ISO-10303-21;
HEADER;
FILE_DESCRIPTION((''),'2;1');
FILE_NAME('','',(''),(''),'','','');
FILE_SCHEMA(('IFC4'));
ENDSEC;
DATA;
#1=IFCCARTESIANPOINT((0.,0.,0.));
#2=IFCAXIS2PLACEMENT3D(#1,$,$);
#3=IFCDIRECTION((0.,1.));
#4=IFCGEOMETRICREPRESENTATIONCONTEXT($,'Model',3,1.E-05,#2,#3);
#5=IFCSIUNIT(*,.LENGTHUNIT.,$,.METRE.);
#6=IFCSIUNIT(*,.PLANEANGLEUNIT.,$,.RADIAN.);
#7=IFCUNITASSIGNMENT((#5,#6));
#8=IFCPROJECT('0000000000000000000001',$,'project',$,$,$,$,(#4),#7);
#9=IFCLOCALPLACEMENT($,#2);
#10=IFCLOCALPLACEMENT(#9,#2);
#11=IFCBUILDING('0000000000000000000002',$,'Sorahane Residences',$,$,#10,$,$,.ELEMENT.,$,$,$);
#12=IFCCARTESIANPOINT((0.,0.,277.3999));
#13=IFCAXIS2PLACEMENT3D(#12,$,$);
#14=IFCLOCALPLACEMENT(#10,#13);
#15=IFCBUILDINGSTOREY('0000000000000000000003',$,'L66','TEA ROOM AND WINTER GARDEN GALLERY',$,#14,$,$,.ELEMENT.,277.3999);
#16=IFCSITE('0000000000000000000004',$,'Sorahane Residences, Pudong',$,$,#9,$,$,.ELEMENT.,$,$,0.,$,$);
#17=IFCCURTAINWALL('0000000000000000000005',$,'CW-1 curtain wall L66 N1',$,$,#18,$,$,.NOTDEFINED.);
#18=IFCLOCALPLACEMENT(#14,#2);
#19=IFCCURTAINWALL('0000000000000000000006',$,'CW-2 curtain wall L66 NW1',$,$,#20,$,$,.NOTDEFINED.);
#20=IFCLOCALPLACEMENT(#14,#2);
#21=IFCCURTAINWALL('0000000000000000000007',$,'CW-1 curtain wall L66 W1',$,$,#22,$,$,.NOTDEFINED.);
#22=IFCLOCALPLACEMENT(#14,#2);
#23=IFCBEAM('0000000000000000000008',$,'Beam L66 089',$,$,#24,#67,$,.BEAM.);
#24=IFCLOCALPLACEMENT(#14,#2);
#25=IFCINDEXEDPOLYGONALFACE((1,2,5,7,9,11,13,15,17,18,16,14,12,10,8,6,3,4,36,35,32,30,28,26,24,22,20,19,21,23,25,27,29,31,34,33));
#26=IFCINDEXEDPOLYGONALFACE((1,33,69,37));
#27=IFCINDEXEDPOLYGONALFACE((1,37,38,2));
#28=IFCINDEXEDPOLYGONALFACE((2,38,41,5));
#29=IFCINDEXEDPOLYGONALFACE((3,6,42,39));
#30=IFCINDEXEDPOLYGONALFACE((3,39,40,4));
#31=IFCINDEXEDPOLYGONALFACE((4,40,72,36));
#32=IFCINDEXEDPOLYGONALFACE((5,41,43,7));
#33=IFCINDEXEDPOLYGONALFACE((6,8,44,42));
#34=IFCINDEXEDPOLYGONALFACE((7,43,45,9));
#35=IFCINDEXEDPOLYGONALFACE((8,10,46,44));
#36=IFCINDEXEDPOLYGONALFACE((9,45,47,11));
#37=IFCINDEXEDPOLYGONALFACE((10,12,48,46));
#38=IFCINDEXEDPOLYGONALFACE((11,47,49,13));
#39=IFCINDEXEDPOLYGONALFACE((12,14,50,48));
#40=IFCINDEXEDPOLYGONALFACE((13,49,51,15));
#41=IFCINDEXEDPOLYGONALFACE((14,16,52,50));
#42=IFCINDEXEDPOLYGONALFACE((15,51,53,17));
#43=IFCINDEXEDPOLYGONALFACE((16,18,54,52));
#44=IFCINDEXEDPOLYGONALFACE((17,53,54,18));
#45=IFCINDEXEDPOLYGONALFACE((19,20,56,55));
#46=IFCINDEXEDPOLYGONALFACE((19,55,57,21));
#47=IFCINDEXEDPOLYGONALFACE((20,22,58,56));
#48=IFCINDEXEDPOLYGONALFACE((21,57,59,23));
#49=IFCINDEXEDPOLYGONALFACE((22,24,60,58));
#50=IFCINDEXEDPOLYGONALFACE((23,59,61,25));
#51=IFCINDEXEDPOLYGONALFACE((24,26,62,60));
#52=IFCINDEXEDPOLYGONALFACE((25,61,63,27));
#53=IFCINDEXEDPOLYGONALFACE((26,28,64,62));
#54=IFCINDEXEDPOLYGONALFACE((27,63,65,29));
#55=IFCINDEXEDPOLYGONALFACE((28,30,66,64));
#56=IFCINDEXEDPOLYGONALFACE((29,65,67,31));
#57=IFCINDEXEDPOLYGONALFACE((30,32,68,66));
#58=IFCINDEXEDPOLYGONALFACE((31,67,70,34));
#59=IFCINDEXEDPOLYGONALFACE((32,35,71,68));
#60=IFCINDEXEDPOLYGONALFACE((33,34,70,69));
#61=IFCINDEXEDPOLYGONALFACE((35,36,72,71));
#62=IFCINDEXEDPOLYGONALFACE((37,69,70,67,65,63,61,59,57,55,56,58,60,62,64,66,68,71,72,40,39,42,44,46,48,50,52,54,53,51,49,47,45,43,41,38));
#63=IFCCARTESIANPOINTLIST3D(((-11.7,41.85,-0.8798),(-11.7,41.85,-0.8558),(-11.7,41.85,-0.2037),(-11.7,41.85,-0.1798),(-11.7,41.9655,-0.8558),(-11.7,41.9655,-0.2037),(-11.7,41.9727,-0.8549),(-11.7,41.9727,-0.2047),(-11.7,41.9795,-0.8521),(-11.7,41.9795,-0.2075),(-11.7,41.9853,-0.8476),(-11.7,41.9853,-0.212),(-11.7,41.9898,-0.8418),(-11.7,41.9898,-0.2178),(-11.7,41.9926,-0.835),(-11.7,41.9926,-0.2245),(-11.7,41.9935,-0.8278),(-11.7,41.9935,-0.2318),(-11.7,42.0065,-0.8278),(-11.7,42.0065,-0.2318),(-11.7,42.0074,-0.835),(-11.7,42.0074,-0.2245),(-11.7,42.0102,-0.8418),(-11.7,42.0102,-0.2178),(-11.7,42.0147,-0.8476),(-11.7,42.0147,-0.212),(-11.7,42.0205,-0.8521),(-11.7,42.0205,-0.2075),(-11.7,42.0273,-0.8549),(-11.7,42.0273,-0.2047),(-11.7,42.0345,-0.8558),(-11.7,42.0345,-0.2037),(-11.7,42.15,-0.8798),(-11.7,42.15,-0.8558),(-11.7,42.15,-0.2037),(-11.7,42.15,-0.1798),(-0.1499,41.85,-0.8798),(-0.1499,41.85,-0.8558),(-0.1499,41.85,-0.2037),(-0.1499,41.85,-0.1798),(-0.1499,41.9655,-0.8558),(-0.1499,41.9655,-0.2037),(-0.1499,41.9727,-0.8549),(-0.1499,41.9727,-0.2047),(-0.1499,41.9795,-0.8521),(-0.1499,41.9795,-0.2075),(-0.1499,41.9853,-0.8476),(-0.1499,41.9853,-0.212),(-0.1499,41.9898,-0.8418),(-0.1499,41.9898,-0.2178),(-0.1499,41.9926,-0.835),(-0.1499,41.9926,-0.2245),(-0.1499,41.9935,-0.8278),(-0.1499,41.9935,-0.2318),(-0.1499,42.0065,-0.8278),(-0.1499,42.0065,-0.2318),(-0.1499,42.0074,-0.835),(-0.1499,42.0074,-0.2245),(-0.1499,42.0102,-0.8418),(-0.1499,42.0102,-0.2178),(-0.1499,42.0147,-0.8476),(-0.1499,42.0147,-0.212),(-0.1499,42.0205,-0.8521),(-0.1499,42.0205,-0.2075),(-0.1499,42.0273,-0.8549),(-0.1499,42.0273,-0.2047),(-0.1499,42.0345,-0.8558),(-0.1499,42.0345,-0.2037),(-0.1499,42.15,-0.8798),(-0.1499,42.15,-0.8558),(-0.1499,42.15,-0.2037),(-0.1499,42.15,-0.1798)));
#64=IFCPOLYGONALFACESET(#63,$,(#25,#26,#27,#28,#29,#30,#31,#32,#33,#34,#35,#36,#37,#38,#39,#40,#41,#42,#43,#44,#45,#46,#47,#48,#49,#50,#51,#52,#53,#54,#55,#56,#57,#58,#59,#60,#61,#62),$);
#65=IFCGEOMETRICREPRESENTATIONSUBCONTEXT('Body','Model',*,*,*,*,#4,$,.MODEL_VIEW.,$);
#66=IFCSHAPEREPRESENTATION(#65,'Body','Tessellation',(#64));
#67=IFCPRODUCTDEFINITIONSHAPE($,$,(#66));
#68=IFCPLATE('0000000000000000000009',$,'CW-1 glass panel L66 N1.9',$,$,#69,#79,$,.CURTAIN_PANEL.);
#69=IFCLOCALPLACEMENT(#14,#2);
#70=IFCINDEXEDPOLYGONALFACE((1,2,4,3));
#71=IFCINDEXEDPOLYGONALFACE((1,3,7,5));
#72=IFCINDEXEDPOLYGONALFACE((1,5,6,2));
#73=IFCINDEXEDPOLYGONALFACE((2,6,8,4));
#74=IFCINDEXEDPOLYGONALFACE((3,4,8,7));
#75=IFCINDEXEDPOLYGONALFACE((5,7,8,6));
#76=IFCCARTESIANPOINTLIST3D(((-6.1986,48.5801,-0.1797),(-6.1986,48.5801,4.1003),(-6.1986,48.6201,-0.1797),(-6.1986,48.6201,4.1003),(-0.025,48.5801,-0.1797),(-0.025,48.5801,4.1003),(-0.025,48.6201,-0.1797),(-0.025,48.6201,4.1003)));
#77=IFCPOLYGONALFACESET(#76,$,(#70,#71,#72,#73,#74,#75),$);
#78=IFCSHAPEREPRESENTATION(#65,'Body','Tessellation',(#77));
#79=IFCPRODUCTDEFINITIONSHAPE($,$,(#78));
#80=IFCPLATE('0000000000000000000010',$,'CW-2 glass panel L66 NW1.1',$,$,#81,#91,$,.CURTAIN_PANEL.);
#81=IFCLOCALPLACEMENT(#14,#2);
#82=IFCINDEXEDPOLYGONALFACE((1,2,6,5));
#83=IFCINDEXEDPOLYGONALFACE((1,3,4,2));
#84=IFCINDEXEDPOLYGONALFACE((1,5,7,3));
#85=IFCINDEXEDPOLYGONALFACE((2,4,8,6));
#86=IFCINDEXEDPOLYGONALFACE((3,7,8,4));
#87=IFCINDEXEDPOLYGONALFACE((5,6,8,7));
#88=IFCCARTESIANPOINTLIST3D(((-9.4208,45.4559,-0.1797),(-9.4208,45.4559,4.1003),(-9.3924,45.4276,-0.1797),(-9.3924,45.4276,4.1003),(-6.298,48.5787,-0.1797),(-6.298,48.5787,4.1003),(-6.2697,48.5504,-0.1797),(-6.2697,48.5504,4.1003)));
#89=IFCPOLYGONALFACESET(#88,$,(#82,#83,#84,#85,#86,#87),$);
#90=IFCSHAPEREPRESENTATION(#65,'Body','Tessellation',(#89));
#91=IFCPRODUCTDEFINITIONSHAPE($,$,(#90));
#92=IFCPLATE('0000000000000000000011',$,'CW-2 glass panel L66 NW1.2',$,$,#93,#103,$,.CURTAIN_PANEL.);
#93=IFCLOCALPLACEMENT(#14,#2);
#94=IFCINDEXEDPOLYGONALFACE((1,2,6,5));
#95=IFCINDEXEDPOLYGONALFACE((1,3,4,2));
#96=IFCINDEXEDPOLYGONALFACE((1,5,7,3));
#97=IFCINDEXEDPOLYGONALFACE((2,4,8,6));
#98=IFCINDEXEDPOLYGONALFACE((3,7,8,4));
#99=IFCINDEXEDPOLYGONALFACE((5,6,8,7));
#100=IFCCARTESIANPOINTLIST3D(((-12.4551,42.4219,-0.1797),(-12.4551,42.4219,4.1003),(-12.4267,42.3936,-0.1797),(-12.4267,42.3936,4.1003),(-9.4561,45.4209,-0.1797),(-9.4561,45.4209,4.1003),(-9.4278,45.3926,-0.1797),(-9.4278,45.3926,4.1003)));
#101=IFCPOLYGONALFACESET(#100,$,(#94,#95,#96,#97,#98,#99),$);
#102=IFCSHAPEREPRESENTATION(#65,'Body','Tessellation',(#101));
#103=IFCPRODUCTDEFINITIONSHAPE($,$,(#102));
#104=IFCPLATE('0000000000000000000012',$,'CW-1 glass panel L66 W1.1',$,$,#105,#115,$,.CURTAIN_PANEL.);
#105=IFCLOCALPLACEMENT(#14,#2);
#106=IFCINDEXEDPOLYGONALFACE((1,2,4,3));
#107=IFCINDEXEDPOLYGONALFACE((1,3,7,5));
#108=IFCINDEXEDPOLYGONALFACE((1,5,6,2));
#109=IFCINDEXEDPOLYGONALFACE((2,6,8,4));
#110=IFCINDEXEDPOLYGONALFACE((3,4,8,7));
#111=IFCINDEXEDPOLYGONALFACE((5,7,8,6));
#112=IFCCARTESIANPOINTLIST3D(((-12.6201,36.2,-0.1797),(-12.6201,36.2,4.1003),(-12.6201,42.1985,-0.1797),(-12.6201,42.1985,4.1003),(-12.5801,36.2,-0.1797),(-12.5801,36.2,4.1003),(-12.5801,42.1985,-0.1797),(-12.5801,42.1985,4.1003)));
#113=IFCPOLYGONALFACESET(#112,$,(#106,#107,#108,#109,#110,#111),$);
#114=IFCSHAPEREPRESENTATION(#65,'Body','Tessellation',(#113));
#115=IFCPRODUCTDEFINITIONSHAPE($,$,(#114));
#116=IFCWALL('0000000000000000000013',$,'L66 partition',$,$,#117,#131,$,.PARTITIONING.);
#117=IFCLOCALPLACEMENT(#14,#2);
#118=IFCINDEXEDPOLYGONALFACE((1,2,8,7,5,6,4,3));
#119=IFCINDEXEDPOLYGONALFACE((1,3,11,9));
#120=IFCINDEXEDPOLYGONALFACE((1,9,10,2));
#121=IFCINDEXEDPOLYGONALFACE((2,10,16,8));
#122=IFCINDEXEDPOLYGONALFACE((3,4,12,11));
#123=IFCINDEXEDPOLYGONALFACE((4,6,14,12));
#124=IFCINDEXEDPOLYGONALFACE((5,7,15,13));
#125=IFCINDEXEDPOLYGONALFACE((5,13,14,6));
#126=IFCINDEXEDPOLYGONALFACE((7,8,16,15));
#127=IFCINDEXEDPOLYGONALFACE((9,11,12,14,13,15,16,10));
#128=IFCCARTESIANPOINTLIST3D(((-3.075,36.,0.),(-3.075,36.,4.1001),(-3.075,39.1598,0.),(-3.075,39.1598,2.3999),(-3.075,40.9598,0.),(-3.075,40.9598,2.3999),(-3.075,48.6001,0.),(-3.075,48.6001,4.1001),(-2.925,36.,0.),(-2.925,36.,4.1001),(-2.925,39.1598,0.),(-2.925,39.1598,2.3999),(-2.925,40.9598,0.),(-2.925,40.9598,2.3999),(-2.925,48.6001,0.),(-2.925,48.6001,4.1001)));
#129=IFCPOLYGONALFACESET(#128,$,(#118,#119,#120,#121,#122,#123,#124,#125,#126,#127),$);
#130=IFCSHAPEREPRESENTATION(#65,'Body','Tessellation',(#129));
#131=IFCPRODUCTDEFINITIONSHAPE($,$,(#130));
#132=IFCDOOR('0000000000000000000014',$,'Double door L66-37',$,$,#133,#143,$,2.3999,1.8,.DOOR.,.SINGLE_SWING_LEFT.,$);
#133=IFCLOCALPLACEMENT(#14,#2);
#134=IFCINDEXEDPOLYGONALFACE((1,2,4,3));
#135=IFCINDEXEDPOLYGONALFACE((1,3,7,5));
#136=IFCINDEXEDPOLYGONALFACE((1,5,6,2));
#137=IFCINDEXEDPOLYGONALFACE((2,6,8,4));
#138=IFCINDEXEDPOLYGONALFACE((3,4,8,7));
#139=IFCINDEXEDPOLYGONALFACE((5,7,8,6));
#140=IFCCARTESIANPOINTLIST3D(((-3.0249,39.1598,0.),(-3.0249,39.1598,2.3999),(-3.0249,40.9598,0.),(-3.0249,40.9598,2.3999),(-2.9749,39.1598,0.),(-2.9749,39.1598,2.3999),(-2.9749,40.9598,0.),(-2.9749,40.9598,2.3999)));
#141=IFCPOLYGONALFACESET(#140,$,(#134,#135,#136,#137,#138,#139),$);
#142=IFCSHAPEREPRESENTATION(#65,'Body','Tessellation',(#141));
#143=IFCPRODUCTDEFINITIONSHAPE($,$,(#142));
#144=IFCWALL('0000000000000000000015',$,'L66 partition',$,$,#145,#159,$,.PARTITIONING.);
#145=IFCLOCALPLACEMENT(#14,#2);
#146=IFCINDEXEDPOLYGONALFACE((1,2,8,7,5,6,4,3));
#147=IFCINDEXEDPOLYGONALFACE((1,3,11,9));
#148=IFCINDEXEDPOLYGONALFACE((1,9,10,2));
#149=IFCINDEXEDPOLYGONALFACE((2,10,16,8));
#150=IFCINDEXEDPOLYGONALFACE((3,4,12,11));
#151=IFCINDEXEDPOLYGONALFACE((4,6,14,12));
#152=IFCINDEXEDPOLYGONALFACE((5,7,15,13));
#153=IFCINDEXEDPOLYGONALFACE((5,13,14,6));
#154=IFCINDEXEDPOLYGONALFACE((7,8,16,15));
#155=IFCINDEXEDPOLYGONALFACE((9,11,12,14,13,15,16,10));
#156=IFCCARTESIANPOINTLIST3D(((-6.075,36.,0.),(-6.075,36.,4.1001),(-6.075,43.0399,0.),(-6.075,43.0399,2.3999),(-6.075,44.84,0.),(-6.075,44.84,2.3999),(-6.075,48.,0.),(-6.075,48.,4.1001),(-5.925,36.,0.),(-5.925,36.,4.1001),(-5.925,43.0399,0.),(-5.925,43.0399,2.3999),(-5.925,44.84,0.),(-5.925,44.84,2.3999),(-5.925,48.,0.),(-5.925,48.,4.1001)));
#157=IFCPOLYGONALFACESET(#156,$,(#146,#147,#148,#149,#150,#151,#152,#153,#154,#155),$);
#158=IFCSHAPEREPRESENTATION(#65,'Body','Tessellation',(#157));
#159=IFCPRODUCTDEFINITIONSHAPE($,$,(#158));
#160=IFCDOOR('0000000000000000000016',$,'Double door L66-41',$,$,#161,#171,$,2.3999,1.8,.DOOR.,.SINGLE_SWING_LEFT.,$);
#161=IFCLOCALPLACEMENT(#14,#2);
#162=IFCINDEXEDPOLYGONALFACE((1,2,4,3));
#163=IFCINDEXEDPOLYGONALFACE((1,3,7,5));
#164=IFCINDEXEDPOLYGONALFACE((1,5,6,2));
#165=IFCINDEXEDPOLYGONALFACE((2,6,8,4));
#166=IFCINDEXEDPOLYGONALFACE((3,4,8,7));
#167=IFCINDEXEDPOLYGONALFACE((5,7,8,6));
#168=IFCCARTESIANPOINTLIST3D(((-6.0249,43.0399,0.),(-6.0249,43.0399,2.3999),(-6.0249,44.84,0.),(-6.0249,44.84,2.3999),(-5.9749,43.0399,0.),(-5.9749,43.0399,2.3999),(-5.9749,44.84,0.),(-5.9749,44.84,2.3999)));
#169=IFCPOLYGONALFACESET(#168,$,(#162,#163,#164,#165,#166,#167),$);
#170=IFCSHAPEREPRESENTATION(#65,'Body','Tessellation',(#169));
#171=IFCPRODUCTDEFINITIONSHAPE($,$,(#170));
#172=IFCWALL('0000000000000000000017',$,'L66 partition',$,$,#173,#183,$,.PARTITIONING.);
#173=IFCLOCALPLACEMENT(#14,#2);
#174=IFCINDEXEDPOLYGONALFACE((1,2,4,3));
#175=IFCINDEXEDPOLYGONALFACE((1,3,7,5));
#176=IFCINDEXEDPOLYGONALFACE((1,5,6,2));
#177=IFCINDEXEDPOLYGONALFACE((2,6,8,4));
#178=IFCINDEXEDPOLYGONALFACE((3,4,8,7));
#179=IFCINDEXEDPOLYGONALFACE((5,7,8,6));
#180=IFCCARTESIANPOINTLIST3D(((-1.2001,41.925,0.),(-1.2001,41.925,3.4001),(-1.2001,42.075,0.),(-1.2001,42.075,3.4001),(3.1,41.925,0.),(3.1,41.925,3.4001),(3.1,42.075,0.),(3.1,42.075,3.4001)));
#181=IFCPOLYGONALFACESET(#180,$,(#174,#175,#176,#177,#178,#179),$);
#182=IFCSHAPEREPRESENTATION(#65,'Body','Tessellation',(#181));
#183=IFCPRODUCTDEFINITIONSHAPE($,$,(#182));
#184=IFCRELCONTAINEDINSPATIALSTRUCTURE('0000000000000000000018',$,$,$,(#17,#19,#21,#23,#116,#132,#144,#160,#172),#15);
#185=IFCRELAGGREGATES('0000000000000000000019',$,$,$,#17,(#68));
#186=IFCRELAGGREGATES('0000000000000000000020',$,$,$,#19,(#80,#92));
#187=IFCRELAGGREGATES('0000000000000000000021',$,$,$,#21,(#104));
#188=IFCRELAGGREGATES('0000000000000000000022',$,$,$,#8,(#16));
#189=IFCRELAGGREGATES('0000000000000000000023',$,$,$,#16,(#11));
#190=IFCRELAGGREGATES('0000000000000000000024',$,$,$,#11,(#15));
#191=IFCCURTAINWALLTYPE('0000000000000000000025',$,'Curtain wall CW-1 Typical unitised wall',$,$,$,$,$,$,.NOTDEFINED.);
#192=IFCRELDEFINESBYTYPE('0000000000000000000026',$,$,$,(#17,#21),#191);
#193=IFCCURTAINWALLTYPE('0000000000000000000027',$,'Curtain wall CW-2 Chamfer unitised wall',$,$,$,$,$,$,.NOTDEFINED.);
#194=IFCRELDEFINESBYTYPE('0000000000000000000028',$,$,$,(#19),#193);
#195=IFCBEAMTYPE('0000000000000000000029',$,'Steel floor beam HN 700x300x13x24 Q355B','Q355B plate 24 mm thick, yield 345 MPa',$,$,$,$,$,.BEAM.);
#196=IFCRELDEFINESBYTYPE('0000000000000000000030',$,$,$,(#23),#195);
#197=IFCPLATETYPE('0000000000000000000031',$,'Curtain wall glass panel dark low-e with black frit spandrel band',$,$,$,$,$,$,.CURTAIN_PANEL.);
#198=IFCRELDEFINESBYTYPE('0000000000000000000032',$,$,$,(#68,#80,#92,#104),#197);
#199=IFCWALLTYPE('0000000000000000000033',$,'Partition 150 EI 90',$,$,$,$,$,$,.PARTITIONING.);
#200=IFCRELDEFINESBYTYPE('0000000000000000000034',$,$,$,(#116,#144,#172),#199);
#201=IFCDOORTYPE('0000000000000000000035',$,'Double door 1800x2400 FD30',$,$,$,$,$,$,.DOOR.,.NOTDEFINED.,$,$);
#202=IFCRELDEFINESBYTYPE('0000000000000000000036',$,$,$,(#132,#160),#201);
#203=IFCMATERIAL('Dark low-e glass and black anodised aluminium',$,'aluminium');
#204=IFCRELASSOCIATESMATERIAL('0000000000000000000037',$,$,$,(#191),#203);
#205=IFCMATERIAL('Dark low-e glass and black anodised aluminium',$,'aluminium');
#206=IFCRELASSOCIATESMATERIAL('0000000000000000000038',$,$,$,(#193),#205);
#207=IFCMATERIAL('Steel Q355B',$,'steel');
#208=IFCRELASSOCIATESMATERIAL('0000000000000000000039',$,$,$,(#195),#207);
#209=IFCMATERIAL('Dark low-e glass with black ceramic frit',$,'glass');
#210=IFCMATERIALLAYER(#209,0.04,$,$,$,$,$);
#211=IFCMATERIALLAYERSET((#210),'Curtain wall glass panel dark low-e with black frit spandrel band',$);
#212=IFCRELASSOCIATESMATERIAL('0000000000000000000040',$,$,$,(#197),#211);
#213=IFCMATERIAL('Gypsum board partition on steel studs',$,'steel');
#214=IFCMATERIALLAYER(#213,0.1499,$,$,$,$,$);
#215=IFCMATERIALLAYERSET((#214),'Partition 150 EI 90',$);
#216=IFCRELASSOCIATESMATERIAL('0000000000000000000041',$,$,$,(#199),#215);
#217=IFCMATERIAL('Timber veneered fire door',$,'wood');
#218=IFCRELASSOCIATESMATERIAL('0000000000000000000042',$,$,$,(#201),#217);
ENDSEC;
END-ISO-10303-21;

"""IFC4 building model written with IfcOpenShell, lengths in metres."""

from ifc_helpers import new_model, si_unit, direction, frame, frame_2d, origin, origin_2d, place, context, subcontext, project, spatial, rectangle, i_section, extrude, material, layer, layer_set, material_profile, profile_set, type_object, element, fill, aggregate, save


model = new_model("IFC4")

# Units and contexts
model_context = context("Model", 3, precision=1e-05, world=origin(), true_north=direction((0.0, 1.0)))
body_context = subcontext(model_context, "Body", "Model", "MODEL_VIEW")
ifc_project = project(units=[si_unit("LENGTHUNIT", "METRE"), si_unit("PLANEANGLEUNIT", "RADIAN")], contexts=[model_context])

# Site, building, storey
site_placement = place(None, origin())
site = spatial("IfcSite", under=ifc_project, at=site_placement, Name="Sorahane Residences, Pudong", CompositionType="ELEMENT", RefElevation=0.0)
building_placement = place(site_placement, origin())
building = spatial("IfcBuilding", under=site, at=building_placement, Name="Sorahane Residences", CompositionType="ELEMENT")
storey_placement = place(building_placement, frame((0.0, 0.0, 277.3999)))
storey = spatial("IfcBuildingStorey", under=building, at=storey_placement, Name="L66", Description="TEA ROOM AND WINTER GARDEN GALLERY", CompositionType="ELEMENT", Elevation=277.3999)

# Curtain walls
ifc_material_1 = material(Name="Dark low-e glass and black anodised aluminium", Category="aluminium")
curtain_wall_type_1 = type_object("IfcCurtainWallType", Name="Curtain wall CW-1 Typical unitised wall", PredefinedType="NOTDEFINED", material=ifc_material_1)
curtain_wall_1_placement = place(storey_placement, origin())
curtain_wall_1 = element("IfcCurtainWall", 1, at=curtain_wall_1_placement, inside=storey, type_object=curtain_wall_type_1, Name="CW-1 curtain wall L66 N1", PredefinedType="NOTDEFINED")
ifc_material_2 = material(Name="Dark low-e glass and black anodised aluminium", Category="aluminium")
curtain_wall_type_2 = type_object("IfcCurtainWallType", Name="Curtain wall CW-2 Chamfer unitised wall", PredefinedType="NOTDEFINED", material=ifc_material_2)
curtain_wall_2_placement = place(storey_placement, origin())
curtain_wall_2 = element("IfcCurtainWall", 2, at=curtain_wall_2_placement, inside=storey, type_object=curtain_wall_type_2, Name="CW-2 curtain wall L66 NW1", PredefinedType="NOTDEFINED")

# Curtain wall
curtain_wall_3_placement = place(storey_placement, origin())
curtain_wall_3 = element("IfcCurtainWall", 3, at=curtain_wall_3_placement, inside=storey, type_object=curtain_wall_type_1, Name="CW-1 curtain wall L66 W1", PredefinedType="NOTDEFINED")

# Beam
ifc_material_3 = material(Name="Steel Q355B", Category="steel")
ifc_material_profile_1 = material_profile(ifc_material_3, i_section(OverallWidth=0.3, OverallDepth=0.7, WebThickness=0.0129, FlangeThickness=0.0239, FilletRadius=0.0281, at=origin_2d()), Name="HN 700x300x13x24")
ifc_profile_set_1 = profile_set([ifc_material_profile_1], Name="Steel Q355B")
beam_type_1 = type_object("IfcBeamType", Name="Steel floor beam HN 700x300x13x24 Q355B", Description="Q355B plate 24 mm thick, yield 345 MPa", PredefinedType="BEAM", material=ifc_profile_set_1)
beam_1_placement = place(storey_placement, frame((-11.7, 42.0, -0.5298), z_axis=(1.0, 0.0, 0.0), x_axis=(0.0, 1.0, 0.0)))
element("IfcBeam", 4, at=beam_1_placement, inside=storey, type_object=beam_type_1, Name="Beam L66 089", PredefinedType="BEAM", context=body_context, shape_type="SweptSolid", body=[
    extrude(i_section(OverallWidth=0.3, OverallDepth=0.7, WebThickness=0.0129, FlangeThickness=0.0239, FilletRadius=0.0281, at=origin_2d()), origin(), (0.0, 0.0, 1.0), 11.55),
])

# Plates
ifc_material_4 = material(Name="Dark low-e glass with black ceramic frit", Category="glass")
ifc_layer_1 = layer(ifc_material_4, 0.04)
ifc_layer_set_1 = layer_set([ifc_layer_1], Name="Curtain wall glass panel dark low-e with black frit spandrel band")
plate_type = type_object("IfcPlateType", Name="Curtain wall glass panel dark low-e with black frit spandrel band", PredefinedType="CURTAIN_PANEL", material=ifc_layer_set_1)
plate_1_placement = place(storey_placement, frame((-3.1118, 48.6001, -0.1797), z_axis=(0.0, 0.0, 1.0), x_axis=(-1.0, 0.0, 0.0)))
plate_1 = element("IfcPlate", 5, at=plate_1_placement, type_object=plate_type, Name="CW-1 glass panel L66 N1.9", PredefinedType="CURTAIN_PANEL", context=body_context, shape_type="SweptSolid", body=[
    extrude(rectangle(XDim=6.1736, YDim=0.04, at=origin_2d()), origin(), (0.0, 0.0, 1.0), 4.28),
])
aggregate(curtain_wall_1, [plate_1])
plate_2_placement = place(storey_placement, frame((-7.8452, 47.0032, -0.1797), z_axis=(0.0, 0.0, 1.0), x_axis=(-0.707107, -0.707107, 0.0)))
plate_2 = element("IfcPlate", 6, at=plate_2_placement, type_object=plate_type, Name="CW-2 glass panel L66 NW1.1", PredefinedType="CURTAIN_PANEL", context=body_context, shape_type="SweptSolid", body=[
    extrude(rectangle(XDim=4.4163, YDim=0.04, at=origin_2d()), origin(), (0.0, 0.0, 1.0), 4.28),
])
plate_3_placement = place(storey_placement, frame((-10.9414, 43.9072, -0.1797), z_axis=(0.0, 0.0, 1.0), x_axis=(-0.707107, -0.707107, 0.0)))
plate_3 = element("IfcPlate", 7, at=plate_3_placement, type_object=plate_type, Name="CW-2 glass panel L66 NW1.2", PredefinedType="CURTAIN_PANEL", context=body_context, shape_type="SweptSolid", body=[
    extrude(rectangle(XDim=4.2412, YDim=0.04, at=origin_2d()), origin(), (0.0, 0.0, 1.0), 4.28),
])
aggregate(curtain_wall_2, [plate_2, plate_3])
plate_4_placement = place(storey_placement, frame((-12.6001, 39.1992, -0.1797), z_axis=(0.0, 0.0, 1.0), x_axis=(0.0, -1.0, 0.0)))
plate_4 = element("IfcPlate", 8, at=plate_4_placement, type_object=plate_type, Name="CW-1 glass panel L66 W1.1", PredefinedType="CURTAIN_PANEL", context=body_context, shape_type="SweptSolid", body=[
    extrude(rectangle(XDim=5.9985, YDim=0.04, at=origin_2d()), origin(), (0.0, 0.0, 1.0), 4.28),
])
aggregate(curtain_wall_3, [plate_4])

# Walls, openings, doors
ifc_material_5 = material(Name="Gypsum board partition on steel studs", Category="steel")
ifc_layer_2 = layer(ifc_material_5, 0.1499)
ifc_layer_set_2 = layer_set([ifc_layer_2], Name="Partition 150 EI 90")
wall_type_1 = type_object("IfcWallType", Name="Partition 150 EI 90", PredefinedType="PARTITIONING", material=ifc_layer_set_2)
wall_1_placement = place(storey_placement, frame((-3.0, 36.0, 0.0), z_axis=(0.0, 0.0, 1.0), x_axis=(0.0, 1.0, 0.0)))
wall_1 = element("IfcWall", 9, at=wall_1_placement, inside=storey, type_object=wall_type_1, Name="L66 partition", PredefinedType="PARTITIONING", context=body_context, shape_type="SweptSolid", body=[
    extrude(rectangle(XDim=12.6001, YDim=0.1499, at=frame_2d((6.3, 0.0))), origin(), (0.0, 0.0, 1.0), 4.1001),
])
opening_1_placement = place(wall_1_placement, frame((3.1599, 0.0, 0.0)))
opening_1 = element("IfcOpeningElement", 10, at=opening_1_placement, cuts=wall_1, PredefinedType="OPENING", context=body_context, shape_type="SweptSolid", body=[
    extrude(rectangle(XDim=1.8, YDim=2.3999, at=frame_2d((0.8999, 1.2))), frame((0.0, 0.085, 0.0), z_axis=(0.0, -1.0, 0.0), x_axis=(1.0, 0.0, 0.0)), (0.0, 0.0, 1.0), 0.1699),
])
ifc_material_6 = material(Name="Timber veneered fire door", Category="wood")
door_type_1 = type_object("IfcDoorType", Name="Double door 1800x2400 FD30", OperationType="NOTDEFINED", PredefinedType="DOOR", material=ifc_material_6)
door_1_placement = place(opening_1_placement, origin())
door_1 = element("IfcDoor", 11, at=door_1_placement, inside=storey, type_object=door_type_1, Name="Double door L66-37", OperationType="SINGLE_SWING_LEFT", OverallHeight=2.3999, OverallWidth=1.8, PredefinedType="DOOR", context=body_context, shape_type="SweptSolid", body=[
    extrude(rectangle(XDim=1.8, YDim=2.3999, at=frame_2d((0.8999, 1.2))), frame((0.0, 0.0249, 0.0), z_axis=(0.0, -1.0, 0.0), x_axis=(1.0, 0.0, 0.0)), (0.0, 0.0, 1.0), 0.05),
])
fill(opening_1, door_1)
wall_2_placement = place(storey_placement, frame((-6.0, 36.0, 0.0), z_axis=(0.0, 0.0, 1.0), x_axis=(0.0, 1.0, 0.0)))
wall_2 = element("IfcWall", 12, at=wall_2_placement, inside=storey, type_object=wall_type_1, Name="L66 partition", PredefinedType="PARTITIONING", context=body_context, shape_type="SweptSolid", body=[
    extrude(rectangle(XDim=12.0, YDim=0.1499, at=frame_2d((6.0, 0.0))), origin(), (0.0, 0.0, 1.0), 4.1001),
])
opening_2_placement = place(wall_2_placement, frame((7.04, 0.0, 0.0)))
opening_2 = element("IfcOpeningElement", 13, at=opening_2_placement, cuts=wall_2, PredefinedType="OPENING", context=body_context, shape_type="SweptSolid", body=[
    extrude(rectangle(XDim=1.8, YDim=2.3999, at=frame_2d((0.8999, 1.2))), frame((0.0, 0.085, 0.0), z_axis=(0.0, -1.0, 0.0), x_axis=(1.0, 0.0, 0.0)), (0.0, 0.0, 1.0), 0.1699),
])
door_2_placement = place(opening_2_placement, origin())
door_2 = element("IfcDoor", 14, at=door_2_placement, inside=storey, type_object=door_type_1, Name="Double door L66-41", OperationType="SINGLE_SWING_LEFT", OverallHeight=2.3999, OverallWidth=1.8, PredefinedType="DOOR", context=body_context, shape_type="SweptSolid", body=[
    extrude(rectangle(XDim=1.8, YDim=2.3999, at=frame_2d((0.8999, 1.2))), frame((0.0, 0.0249, 0.0), z_axis=(0.0, -1.0, 0.0), x_axis=(1.0, 0.0, 0.0)), (0.0, 0.0, 1.0), 0.05),
])
fill(opening_2, door_2)

# Wall
wall_3_placement = place(storey_placement, frame((-1.2, 42.0, 0.0), z_axis=(0.0, 0.0, 1.0), x_axis=(1.0, 0.0, 0.0)))
element("IfcWall", 15, at=wall_3_placement, inside=storey, type_object=wall_type_1, Name="L66 partition", PredefinedType="PARTITIONING", context=body_context, shape_type="SweptSolid", body=[
    extrude(rectangle(XDim=4.3, YDim=0.1499, at=frame_2d((2.1499, 0.0))), origin(), (0.0, 0.0, 1.0), 3.4001),
])

save(model, "model.ifc")
